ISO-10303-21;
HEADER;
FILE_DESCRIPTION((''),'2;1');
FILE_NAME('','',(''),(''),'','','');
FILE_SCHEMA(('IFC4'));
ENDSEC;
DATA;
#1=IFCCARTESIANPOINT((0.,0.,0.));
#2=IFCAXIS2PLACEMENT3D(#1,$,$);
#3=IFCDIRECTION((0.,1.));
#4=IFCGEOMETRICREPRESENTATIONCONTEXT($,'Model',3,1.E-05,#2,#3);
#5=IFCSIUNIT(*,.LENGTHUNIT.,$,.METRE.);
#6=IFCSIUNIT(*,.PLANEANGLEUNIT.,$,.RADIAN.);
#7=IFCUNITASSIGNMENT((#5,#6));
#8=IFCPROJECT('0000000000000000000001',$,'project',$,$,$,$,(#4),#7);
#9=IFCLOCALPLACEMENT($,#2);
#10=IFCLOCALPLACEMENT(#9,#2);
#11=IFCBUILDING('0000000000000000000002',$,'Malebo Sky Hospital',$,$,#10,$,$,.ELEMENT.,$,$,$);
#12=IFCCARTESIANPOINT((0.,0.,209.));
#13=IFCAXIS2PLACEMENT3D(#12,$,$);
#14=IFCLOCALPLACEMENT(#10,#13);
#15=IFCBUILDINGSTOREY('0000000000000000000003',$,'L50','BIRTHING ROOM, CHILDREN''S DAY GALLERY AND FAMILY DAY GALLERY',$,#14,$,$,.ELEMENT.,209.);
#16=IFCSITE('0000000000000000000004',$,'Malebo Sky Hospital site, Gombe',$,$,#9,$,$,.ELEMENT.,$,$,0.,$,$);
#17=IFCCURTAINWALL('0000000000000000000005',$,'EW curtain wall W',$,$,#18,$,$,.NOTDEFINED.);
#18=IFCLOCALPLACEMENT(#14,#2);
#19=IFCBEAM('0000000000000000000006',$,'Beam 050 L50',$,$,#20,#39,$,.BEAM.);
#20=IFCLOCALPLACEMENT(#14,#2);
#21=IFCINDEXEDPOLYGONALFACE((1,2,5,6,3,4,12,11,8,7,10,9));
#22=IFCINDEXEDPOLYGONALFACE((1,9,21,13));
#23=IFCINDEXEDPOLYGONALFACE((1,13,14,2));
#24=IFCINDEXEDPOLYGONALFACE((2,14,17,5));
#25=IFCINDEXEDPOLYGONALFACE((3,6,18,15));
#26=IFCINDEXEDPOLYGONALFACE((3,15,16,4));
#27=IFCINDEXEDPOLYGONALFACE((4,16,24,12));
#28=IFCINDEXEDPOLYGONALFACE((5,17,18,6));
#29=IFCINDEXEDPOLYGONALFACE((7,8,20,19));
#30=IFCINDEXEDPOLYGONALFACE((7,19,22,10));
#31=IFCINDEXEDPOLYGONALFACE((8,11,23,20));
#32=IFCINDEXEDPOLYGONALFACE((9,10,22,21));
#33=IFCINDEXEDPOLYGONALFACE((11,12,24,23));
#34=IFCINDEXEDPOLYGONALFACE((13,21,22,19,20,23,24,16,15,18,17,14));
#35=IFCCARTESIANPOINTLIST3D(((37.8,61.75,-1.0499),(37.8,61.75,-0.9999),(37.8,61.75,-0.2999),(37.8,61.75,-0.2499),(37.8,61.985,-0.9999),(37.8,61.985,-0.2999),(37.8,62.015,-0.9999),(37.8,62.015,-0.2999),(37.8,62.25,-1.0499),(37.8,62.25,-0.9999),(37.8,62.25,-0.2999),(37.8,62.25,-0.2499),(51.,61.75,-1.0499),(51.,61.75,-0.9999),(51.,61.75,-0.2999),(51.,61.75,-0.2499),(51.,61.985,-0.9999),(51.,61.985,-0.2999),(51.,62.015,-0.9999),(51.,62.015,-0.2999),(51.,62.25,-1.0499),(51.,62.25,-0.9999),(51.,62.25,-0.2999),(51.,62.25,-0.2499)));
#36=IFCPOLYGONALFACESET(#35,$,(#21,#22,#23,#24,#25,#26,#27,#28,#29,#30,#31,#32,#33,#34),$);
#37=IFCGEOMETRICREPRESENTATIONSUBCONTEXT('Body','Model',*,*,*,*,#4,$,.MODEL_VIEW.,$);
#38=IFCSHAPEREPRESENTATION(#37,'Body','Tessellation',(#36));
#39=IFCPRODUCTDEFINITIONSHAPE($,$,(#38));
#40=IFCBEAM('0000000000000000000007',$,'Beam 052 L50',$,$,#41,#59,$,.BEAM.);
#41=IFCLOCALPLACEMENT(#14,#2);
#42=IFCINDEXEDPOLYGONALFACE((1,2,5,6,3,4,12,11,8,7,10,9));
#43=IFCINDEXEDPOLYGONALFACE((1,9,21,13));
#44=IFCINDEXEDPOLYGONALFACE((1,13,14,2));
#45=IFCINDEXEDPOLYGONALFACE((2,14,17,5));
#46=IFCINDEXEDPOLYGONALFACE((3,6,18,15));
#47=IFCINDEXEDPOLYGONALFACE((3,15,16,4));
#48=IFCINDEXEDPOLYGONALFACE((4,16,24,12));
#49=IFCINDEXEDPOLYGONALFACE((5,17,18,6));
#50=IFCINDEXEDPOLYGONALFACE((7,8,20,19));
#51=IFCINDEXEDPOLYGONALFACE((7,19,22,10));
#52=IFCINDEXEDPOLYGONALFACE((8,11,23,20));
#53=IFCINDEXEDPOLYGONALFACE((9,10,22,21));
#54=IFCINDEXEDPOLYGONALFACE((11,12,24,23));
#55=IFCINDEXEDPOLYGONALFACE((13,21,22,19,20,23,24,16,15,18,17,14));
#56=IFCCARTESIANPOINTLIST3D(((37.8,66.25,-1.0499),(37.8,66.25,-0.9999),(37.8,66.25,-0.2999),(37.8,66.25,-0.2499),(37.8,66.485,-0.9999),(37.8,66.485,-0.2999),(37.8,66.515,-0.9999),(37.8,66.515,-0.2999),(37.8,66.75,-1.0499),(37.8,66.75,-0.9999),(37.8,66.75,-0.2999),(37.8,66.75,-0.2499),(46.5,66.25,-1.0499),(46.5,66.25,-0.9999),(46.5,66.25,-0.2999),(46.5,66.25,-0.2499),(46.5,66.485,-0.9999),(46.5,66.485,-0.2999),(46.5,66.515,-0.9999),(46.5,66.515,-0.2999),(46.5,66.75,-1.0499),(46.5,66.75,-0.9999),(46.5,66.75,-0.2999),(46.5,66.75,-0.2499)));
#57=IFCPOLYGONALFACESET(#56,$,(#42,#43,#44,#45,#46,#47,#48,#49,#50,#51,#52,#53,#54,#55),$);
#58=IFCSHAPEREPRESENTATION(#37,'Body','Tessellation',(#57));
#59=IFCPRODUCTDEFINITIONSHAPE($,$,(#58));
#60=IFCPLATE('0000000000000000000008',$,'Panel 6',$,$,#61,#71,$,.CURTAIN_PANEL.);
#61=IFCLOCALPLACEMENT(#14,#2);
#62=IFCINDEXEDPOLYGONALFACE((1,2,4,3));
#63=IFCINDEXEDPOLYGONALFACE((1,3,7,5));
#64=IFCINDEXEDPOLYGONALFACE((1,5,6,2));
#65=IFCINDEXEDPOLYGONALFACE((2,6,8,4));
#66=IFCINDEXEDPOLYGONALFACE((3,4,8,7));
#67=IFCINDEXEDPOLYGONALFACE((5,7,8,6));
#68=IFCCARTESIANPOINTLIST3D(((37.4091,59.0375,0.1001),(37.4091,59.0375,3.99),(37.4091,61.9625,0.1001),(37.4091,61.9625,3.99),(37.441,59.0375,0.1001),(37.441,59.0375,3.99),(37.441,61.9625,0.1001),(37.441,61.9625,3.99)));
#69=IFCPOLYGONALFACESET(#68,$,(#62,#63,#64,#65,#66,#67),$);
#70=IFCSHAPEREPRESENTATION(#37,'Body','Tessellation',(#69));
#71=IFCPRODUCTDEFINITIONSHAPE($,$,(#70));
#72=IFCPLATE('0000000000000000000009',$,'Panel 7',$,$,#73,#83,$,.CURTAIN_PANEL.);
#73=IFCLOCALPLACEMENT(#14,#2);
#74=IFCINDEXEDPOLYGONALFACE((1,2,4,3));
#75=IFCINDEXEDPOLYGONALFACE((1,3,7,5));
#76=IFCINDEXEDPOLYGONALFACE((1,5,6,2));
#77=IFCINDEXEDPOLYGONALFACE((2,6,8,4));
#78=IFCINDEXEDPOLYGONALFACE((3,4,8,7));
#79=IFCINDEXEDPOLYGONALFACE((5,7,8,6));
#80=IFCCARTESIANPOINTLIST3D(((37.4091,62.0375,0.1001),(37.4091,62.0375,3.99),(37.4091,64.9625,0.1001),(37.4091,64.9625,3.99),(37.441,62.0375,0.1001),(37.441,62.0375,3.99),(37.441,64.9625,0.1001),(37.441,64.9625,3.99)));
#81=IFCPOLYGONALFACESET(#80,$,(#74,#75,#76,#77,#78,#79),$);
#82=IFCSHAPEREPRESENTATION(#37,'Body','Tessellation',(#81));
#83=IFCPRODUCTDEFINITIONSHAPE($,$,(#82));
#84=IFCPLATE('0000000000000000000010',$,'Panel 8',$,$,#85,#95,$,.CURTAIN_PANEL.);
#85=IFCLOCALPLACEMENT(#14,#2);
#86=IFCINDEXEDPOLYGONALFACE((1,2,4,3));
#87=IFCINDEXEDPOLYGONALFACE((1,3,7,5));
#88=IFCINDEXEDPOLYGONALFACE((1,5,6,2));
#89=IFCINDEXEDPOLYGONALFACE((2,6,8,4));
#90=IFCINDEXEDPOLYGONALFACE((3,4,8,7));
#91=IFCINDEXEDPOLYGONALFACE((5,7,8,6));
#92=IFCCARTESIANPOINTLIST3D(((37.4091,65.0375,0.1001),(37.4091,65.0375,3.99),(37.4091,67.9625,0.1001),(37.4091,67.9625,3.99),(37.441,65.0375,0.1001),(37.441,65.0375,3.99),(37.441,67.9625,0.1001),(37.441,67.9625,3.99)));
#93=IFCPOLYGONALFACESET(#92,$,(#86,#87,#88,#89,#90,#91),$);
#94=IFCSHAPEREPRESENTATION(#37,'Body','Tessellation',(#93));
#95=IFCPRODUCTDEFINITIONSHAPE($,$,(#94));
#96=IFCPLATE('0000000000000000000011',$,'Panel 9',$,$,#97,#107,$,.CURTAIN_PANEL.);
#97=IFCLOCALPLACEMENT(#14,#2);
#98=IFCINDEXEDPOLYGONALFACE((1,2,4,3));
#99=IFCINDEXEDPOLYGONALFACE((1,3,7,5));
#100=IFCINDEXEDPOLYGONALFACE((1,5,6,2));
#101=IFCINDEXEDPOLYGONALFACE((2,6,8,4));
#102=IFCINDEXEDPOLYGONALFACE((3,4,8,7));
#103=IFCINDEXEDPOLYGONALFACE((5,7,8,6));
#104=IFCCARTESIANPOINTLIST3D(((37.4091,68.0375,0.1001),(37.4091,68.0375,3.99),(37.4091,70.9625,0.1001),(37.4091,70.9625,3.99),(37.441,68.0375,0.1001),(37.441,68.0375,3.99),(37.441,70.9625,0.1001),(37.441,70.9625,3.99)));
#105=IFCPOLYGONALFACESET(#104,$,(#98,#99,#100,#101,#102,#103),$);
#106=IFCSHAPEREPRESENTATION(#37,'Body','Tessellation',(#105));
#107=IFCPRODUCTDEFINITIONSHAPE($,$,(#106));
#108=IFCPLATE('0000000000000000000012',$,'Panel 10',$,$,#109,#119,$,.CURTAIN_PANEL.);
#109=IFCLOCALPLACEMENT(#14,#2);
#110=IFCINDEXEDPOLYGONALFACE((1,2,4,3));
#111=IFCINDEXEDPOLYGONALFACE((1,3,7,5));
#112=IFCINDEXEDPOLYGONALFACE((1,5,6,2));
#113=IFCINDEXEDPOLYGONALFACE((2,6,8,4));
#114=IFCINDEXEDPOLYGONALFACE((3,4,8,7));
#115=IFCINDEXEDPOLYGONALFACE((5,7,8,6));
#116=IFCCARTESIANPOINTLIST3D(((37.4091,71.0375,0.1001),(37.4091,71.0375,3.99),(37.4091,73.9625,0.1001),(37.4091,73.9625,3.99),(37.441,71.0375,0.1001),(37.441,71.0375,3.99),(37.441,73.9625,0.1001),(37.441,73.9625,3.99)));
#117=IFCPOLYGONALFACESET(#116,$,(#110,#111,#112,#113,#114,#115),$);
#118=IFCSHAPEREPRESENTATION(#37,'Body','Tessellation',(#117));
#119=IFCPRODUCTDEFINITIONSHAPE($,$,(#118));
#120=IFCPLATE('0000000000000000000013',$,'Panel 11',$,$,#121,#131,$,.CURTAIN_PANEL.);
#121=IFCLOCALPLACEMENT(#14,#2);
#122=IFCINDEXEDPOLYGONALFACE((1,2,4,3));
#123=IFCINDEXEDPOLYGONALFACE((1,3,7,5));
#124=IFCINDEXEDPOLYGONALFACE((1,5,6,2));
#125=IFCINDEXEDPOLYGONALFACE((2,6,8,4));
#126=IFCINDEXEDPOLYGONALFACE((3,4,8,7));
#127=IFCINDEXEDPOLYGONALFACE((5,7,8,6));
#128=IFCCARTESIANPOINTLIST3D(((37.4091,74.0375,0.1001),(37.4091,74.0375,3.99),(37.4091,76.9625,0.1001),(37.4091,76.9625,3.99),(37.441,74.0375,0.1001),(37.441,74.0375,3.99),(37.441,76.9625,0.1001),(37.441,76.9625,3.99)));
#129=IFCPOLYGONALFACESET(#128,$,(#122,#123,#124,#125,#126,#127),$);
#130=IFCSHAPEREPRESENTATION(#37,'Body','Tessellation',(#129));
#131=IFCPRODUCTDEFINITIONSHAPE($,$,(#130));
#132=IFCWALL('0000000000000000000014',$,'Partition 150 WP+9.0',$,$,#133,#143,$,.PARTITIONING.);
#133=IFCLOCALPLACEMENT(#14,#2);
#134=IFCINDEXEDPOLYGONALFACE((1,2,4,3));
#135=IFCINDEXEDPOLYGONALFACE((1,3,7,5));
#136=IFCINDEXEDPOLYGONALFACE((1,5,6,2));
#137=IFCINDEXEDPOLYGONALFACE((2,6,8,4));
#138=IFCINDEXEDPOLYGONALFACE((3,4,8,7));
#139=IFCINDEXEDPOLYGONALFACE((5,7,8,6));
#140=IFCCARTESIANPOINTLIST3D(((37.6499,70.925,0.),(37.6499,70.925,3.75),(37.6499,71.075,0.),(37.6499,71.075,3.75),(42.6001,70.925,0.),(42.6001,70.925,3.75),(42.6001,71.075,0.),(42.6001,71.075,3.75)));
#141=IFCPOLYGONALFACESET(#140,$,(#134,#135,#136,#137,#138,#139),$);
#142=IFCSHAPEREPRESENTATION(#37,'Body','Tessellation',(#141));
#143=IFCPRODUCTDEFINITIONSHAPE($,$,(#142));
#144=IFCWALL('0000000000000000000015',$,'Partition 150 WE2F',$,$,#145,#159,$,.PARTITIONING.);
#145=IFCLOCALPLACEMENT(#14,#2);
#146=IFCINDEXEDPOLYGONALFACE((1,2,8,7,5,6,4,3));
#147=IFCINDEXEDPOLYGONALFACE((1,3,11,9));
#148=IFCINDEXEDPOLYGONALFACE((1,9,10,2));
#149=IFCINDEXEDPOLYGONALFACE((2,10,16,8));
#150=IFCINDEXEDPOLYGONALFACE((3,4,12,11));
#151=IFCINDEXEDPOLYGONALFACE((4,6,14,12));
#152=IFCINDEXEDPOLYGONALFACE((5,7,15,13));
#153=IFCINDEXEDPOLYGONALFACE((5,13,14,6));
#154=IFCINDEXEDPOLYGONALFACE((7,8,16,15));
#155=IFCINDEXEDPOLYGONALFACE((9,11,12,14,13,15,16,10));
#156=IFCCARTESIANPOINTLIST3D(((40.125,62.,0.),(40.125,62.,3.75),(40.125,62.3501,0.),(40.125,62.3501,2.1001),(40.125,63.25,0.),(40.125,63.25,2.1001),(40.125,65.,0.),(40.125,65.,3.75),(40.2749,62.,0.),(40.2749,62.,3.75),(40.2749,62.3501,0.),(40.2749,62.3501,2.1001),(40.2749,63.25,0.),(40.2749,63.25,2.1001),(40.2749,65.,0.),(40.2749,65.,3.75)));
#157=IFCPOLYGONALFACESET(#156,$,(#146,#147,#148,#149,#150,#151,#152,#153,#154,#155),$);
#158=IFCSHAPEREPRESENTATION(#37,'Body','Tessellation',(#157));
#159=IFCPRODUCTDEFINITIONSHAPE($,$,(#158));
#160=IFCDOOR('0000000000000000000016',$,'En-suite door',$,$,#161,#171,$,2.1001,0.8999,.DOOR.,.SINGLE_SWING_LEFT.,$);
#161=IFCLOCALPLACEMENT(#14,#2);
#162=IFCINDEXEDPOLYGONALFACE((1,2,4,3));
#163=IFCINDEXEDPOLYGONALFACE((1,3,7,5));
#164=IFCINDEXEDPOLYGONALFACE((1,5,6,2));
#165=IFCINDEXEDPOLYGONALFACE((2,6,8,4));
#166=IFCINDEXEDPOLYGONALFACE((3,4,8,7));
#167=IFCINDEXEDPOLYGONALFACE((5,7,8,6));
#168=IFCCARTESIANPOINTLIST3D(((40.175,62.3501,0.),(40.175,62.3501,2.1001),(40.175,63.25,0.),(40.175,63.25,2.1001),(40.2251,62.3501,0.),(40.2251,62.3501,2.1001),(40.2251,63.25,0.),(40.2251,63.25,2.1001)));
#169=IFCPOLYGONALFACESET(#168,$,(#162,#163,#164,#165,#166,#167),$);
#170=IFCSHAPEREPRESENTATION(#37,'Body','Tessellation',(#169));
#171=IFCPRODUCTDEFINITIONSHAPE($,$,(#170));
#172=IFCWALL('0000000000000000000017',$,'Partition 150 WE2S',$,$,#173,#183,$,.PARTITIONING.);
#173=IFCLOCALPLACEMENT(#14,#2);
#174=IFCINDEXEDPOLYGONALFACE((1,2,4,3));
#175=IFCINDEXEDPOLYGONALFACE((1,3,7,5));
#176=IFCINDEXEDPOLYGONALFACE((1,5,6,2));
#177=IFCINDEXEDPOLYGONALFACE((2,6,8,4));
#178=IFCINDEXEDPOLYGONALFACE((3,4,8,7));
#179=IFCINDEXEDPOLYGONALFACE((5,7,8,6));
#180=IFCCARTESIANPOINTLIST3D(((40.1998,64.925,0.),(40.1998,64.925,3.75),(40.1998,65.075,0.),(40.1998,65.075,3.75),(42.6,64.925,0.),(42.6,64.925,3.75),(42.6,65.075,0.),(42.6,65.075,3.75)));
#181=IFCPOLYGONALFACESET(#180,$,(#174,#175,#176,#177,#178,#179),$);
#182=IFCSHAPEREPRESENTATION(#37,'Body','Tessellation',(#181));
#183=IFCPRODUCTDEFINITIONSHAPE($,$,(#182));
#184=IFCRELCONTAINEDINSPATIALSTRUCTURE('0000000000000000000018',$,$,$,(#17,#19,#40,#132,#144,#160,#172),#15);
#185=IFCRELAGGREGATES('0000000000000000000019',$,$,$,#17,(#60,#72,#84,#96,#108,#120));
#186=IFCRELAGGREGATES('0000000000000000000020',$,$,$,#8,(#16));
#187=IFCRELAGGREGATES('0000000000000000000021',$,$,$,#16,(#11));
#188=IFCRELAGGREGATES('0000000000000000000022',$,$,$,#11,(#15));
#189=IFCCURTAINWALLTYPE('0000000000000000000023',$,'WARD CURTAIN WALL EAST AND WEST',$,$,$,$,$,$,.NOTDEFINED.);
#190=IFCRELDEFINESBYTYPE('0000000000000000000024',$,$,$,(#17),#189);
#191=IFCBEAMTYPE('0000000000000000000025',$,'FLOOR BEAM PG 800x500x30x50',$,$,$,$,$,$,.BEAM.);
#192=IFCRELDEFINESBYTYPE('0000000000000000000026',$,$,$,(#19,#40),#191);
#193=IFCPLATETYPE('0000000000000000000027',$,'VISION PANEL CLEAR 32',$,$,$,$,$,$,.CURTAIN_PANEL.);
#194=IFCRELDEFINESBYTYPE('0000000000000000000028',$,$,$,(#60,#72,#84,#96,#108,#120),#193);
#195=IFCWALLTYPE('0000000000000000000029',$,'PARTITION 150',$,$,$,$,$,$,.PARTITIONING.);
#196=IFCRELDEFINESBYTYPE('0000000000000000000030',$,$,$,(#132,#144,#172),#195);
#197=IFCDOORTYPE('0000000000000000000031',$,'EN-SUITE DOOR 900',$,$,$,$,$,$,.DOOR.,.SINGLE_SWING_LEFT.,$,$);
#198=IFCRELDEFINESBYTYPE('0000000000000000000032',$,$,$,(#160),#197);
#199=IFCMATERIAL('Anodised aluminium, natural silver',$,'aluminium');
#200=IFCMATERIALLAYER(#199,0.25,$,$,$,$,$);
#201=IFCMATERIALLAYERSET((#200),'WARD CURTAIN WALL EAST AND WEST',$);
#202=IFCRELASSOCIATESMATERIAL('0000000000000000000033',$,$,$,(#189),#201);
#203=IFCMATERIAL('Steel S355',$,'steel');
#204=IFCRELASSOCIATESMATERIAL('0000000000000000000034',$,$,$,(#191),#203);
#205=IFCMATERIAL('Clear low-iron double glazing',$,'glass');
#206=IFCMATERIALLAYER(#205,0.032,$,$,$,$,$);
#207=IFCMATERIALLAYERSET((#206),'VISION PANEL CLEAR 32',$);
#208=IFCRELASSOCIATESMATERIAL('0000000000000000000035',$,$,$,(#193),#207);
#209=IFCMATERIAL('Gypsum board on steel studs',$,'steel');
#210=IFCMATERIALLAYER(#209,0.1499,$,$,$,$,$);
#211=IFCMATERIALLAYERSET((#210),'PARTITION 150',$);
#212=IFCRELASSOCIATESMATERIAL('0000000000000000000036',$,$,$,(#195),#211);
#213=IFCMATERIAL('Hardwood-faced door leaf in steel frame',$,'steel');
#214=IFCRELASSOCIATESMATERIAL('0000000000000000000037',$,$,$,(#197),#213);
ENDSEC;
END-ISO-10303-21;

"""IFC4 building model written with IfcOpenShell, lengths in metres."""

from ifc_helpers import new_model, si_unit, direction, frame, frame_2d, origin, origin_2d, place, context, subcontext, project, spatial, rectangle, i_section, extrude, material, layer, layer_set, material_profile, profile_set, type_object, element, fill, aggregate, save


model = new_model("IFC4")

# Units and contexts
model_context = context("Model", 3, precision=1e-05, world=origin(), true_north=direction((0.0, 1.0)))
body_context = subcontext(model_context, "Body", "Model", "MODEL_VIEW")
ifc_project = project(units=[si_unit("LENGTHUNIT", "METRE"), si_unit("PLANEANGLEUNIT", "RADIAN")], contexts=[model_context])

# Site, building, storey
site_placement = place(None, origin())
site = spatial("IfcSite", under=ifc_project, at=site_placement, Name="Malebo Sky Hospital site, Gombe", CompositionType="ELEMENT", RefElevation=0.0)
building_placement = place(site_placement, origin())
building = spatial("IfcBuilding", under=site, at=building_placement, Name="Malebo Sky Hospital", CompositionType="ELEMENT")
storey_placement = place(building_placement, frame((0.0, 0.0, 209.0)))
storey = spatial("IfcBuildingStorey", under=building, at=storey_placement, Name="L50", Description="BIRTHING ROOM, CHILDREN'S DAY GALLERY AND FAMILY DAY GALLERY", CompositionType="ELEMENT", Elevation=209.0)

# Curtain wall
ifc_material_1 = material(Name="Anodised aluminium, natural silver", Category="aluminium")
ifc_layer_1 = layer(ifc_material_1, 0.25)
ifc_layer_set_1 = layer_set([ifc_layer_1], Name="WARD CURTAIN WALL EAST AND WEST")
curtain_wall_type = type_object("IfcCurtainWallType", Name="WARD CURTAIN WALL EAST AND WEST", PredefinedType="NOTDEFINED", material=ifc_layer_set_1)
curtain_wall_placement = place(storey_placement, origin())
curtain_wall = element("IfcCurtainWall", 1, at=curtain_wall_placement, inside=storey, type_object=curtain_wall_type, Name="EW curtain wall W", PredefinedType="NOTDEFINED")

# Beams
ifc_material_2 = material(Name="Steel S355", Category="steel")
ifc_material_profile_1 = material_profile(ifc_material_2, i_section(OverallWidth=0.5, OverallDepth=0.8, WebThickness=0.03, FlangeThickness=0.05, at=origin_2d()), Name="PG 800x500x30x50")
ifc_profile_set_1 = profile_set([ifc_material_profile_1], Name="Steel S355")
beam_type_1 = type_object("IfcBeamType", Name="FLOOR BEAM PG 800x500x30x50", PredefinedType="BEAM", material=ifc_profile_set_1)
beam_1_placement = place(storey_placement, frame((37.8, 62.0, -0.6499), z_axis=(1.0, 0.0, 0.0), x_axis=(0.0, 1.0, 0.0)))
element("IfcBeam", 2, at=beam_1_placement, inside=storey, type_object=beam_type_1, Name="Beam 050 L50", PredefinedType="BEAM", context=body_context, shape_type="SweptSolid", body=[
    extrude(i_section(OverallWidth=0.5, OverallDepth=0.8, WebThickness=0.03, FlangeThickness=0.05, at=origin_2d()), origin(), (0.0, 0.0, 1.0), 13.2),
])
beam_2_placement = place(storey_placement, frame((37.8, 66.5, -0.6499), z_axis=(1.0, 0.0, 0.0), x_axis=(0.0, 1.0, 0.0)))
element("IfcBeam", 3, at=beam_2_placement, inside=storey, type_object=beam_type_1, Name="Beam 052 L50", PredefinedType="BEAM", context=body_context, shape_type="SweptSolid", body=[
    extrude(i_section(OverallWidth=0.5, OverallDepth=0.8, WebThickness=0.03, FlangeThickness=0.05, at=origin_2d()), origin(), (0.0, 0.0, 1.0), 8.7),
])

# Plates
ifc_material_3 = material(Name="Clear low-iron double glazing", Category="glass")
ifc_layer_2 = layer(ifc_material_3, 0.032)
ifc_layer_set_2 = layer_set([ifc_layer_2], Name="VISION PANEL CLEAR 32")
plate_type = type_object("IfcPlateType", Name="VISION PANEL CLEAR 32", PredefinedType="CURTAIN_PANEL", material=ifc_layer_set_2)
plate_1_placement = place(storey_placement, frame((37.425, 60.5, 0.1001), z_axis=(0.0, 0.0, 1.0), x_axis=(0.0, 1.0, 0.0)))
plate_1 = element("IfcPlate", 4, at=plate_1_placement, type_object=plate_type, Name="Panel 6", PredefinedType="CURTAIN_PANEL", context=body_context, shape_type="SweptSolid", body=[
    extrude(rectangle(XDim=2.925, YDim=0.032, at=origin_2d()), origin(), (0.0, 0.0, 1.0), 3.8899),
])
plate_2_placement = place(storey_placement, frame((37.425, 63.5, 0.1001), z_axis=(0.0, 0.0, 1.0), x_axis=(0.0, 1.0, 0.0)))
plate_2 = element("IfcPlate", 5, at=plate_2_placement, type_object=plate_type, Name="Panel 7", PredefinedType="CURTAIN_PANEL", context=body_context, shape_type="SweptSolid", body=[
    extrude(rectangle(XDim=2.925, YDim=0.032, at=origin_2d()), origin(), (0.0, 0.0, 1.0), 3.8899),
])
plate_3_placement = place(storey_placement, frame((37.425, 66.5, 0.1001), z_axis=(0.0, 0.0, 1.0), x_axis=(0.0, 1.0, 0.0)))
plate_3 = element("IfcPlate", 6, at=plate_3_placement, type_object=plate_type, Name="Panel 8", PredefinedType="CURTAIN_PANEL", context=body_context, shape_type="SweptSolid", body=[
    extrude(rectangle(XDim=2.925, YDim=0.032, at=origin_2d()), origin(), (0.0, 0.0, 1.0), 3.8899),
])
plate_4_placement = place(storey_placement, frame((37.425, 69.5, 0.1001), z_axis=(0.0, 0.0, 1.0), x_axis=(0.0, 1.0, 0.0)))
plate_4 = element("IfcPlate", 7, at=plate_4_placement, type_object=plate_type, Name="Panel 9", PredefinedType="CURTAIN_PANEL", context=body_context, shape_type="SweptSolid", body=[
    extrude(rectangle(XDim=2.925, YDim=0.032, at=origin_2d()), origin(), (0.0, 0.0, 1.0), 3.8899),
])
plate_5_placement = place(storey_placement, frame((37.425, 72.5, 0.1001), z_axis=(0.0, 0.0, 1.0), x_axis=(0.0, 1.0, 0.0)))
plate_5 = element("IfcPlate", 8, at=plate_5_placement, type_object=plate_type, Name="Panel 10", PredefinedType="CURTAIN_PANEL", context=body_context, shape_type="SweptSolid", body=[
    extrude(rectangle(XDim=2.925, YDim=0.032, at=origin_2d()), origin(), (0.0, 0.0, 1.0), 3.8899),
])
plate_6_placement = place(storey_placement, frame((37.425, 75.5, 0.1001), z_axis=(0.0, 0.0, 1.0), x_axis=(0.0, 1.0, 0.0)))
plate_6 = element("IfcPlate", 9, at=plate_6_placement, type_object=plate_type, Name="Panel 11", PredefinedType="CURTAIN_PANEL", context=body_context, shape_type="SweptSolid", body=[
    extrude(rectangle(XDim=2.925, YDim=0.032, at=origin_2d()), origin(), (0.0, 0.0, 1.0), 3.8899),
])
aggregate(curtain_wall, [plate_1, plate_2, plate_3, plate_4, plate_5, plate_6])

# Wall
ifc_material_4 = material(Name="Gypsum board on steel studs", Category="steel")
ifc_layer_3 = layer(ifc_material_4, 0.1499)
ifc_layer_set_3 = layer_set([ifc_layer_3], Name="PARTITION 150")
wall_type_1 = type_object("IfcWallType", Name="PARTITION 150", PredefinedType="PARTITIONING", material=ifc_layer_set_3)
wall_1_placement = place(storey_placement, frame((42.6001, 71.0, 0.0), z_axis=(0.0, 0.0, 1.0), x_axis=(-1.0, 0.0, 0.0)))
element("IfcWall", 10, at=wall_1_placement, inside=storey, type_object=wall_type_1, Name="Partition 150 WP+9.0", PredefinedType="PARTITIONING", context=body_context, shape_type="SweptSolid", body=[
    extrude(rectangle(XDim=4.9502, YDim=0.1499, at=frame_2d((2.4751, 0.0))), origin(), (0.0, 0.0, 1.0), 3.75),
])

# Wall, opening, door
wall_2_placement = place(storey_placement, frame((40.2, 62.0, 0.0), z_axis=(0.0, 0.0, 1.0), x_axis=(0.0, 1.0, 0.0)))
wall_2 = element("IfcWall", 11, at=wall_2_placement, inside=storey, type_object=wall_type_1, Name="Partition 150 WE2F", PredefinedType="PARTITIONING", context=body_context, shape_type="SweptSolid", body=[
    extrude(rectangle(XDim=3.0, YDim=0.1499, at=frame_2d((1.5, 0.0))), origin(), (0.0, 0.0, 1.0), 3.75),
])
opening_1_placement = place(wall_2_placement, frame((0.3501, 0.0, 0.0)))
opening_1 = element("IfcOpeningElement", 12, at=opening_1_placement, cuts=wall_2, PredefinedType="OPENING", context=body_context, shape_type="SweptSolid", body=[
    extrude(rectangle(XDim=0.8999, YDim=2.1001, at=frame_2d((0.45, 1.05))), frame((0.0, 0.085, 0.0), z_axis=(0.0, -1.0, 0.0), x_axis=(1.0, 0.0, 0.0)), (0.0, 0.0, 1.0), 0.1699),
])
ifc_material_5 = material(Name="Hardwood-faced door leaf in steel frame", Category="steel")
door_type = type_object("IfcDoorType", Name="EN-SUITE DOOR 900", OperationType="SINGLE_SWING_LEFT", PredefinedType="DOOR", material=ifc_material_5)
door_1_placement = place(opening_1_placement, origin())
door_1 = element("IfcDoor", 13, at=door_1_placement, inside=storey, type_object=door_type, Name="En-suite door", OperationType="SINGLE_SWING_LEFT", OverallHeight=2.1001, OverallWidth=0.8999, PredefinedType="DOOR", context=body_context, shape_type="SweptSolid", body=[
    extrude(rectangle(XDim=0.8999, YDim=2.1001, at=frame_2d((0.45, 1.05))), frame((0.0, 0.0249, 0.0), z_axis=(0.0, -1.0, 0.0), x_axis=(1.0, 0.0, 0.0)), (0.0, 0.0, 1.0), 0.05),
])
fill(opening_1, door_1)

# Wall
wall_3_placement = place(storey_placement, frame((42.6001, 65.0, 0.0), z_axis=(0.0, 0.0, 1.0), x_axis=(-1.0, 0.0, 0.0)))
element("IfcWall", 14, at=wall_3_placement, inside=storey, type_object=wall_type_1, Name="Partition 150 WE2S", PredefinedType="PARTITIONING", context=body_context, shape_type="SweptSolid", body=[
    extrude(rectangle(XDim=2.4001, YDim=0.1499, at=frame_2d((1.2002, 0.0))), origin(), (0.0, 0.0, 1.0), 3.75),
])

save(model, "model.ifc")
